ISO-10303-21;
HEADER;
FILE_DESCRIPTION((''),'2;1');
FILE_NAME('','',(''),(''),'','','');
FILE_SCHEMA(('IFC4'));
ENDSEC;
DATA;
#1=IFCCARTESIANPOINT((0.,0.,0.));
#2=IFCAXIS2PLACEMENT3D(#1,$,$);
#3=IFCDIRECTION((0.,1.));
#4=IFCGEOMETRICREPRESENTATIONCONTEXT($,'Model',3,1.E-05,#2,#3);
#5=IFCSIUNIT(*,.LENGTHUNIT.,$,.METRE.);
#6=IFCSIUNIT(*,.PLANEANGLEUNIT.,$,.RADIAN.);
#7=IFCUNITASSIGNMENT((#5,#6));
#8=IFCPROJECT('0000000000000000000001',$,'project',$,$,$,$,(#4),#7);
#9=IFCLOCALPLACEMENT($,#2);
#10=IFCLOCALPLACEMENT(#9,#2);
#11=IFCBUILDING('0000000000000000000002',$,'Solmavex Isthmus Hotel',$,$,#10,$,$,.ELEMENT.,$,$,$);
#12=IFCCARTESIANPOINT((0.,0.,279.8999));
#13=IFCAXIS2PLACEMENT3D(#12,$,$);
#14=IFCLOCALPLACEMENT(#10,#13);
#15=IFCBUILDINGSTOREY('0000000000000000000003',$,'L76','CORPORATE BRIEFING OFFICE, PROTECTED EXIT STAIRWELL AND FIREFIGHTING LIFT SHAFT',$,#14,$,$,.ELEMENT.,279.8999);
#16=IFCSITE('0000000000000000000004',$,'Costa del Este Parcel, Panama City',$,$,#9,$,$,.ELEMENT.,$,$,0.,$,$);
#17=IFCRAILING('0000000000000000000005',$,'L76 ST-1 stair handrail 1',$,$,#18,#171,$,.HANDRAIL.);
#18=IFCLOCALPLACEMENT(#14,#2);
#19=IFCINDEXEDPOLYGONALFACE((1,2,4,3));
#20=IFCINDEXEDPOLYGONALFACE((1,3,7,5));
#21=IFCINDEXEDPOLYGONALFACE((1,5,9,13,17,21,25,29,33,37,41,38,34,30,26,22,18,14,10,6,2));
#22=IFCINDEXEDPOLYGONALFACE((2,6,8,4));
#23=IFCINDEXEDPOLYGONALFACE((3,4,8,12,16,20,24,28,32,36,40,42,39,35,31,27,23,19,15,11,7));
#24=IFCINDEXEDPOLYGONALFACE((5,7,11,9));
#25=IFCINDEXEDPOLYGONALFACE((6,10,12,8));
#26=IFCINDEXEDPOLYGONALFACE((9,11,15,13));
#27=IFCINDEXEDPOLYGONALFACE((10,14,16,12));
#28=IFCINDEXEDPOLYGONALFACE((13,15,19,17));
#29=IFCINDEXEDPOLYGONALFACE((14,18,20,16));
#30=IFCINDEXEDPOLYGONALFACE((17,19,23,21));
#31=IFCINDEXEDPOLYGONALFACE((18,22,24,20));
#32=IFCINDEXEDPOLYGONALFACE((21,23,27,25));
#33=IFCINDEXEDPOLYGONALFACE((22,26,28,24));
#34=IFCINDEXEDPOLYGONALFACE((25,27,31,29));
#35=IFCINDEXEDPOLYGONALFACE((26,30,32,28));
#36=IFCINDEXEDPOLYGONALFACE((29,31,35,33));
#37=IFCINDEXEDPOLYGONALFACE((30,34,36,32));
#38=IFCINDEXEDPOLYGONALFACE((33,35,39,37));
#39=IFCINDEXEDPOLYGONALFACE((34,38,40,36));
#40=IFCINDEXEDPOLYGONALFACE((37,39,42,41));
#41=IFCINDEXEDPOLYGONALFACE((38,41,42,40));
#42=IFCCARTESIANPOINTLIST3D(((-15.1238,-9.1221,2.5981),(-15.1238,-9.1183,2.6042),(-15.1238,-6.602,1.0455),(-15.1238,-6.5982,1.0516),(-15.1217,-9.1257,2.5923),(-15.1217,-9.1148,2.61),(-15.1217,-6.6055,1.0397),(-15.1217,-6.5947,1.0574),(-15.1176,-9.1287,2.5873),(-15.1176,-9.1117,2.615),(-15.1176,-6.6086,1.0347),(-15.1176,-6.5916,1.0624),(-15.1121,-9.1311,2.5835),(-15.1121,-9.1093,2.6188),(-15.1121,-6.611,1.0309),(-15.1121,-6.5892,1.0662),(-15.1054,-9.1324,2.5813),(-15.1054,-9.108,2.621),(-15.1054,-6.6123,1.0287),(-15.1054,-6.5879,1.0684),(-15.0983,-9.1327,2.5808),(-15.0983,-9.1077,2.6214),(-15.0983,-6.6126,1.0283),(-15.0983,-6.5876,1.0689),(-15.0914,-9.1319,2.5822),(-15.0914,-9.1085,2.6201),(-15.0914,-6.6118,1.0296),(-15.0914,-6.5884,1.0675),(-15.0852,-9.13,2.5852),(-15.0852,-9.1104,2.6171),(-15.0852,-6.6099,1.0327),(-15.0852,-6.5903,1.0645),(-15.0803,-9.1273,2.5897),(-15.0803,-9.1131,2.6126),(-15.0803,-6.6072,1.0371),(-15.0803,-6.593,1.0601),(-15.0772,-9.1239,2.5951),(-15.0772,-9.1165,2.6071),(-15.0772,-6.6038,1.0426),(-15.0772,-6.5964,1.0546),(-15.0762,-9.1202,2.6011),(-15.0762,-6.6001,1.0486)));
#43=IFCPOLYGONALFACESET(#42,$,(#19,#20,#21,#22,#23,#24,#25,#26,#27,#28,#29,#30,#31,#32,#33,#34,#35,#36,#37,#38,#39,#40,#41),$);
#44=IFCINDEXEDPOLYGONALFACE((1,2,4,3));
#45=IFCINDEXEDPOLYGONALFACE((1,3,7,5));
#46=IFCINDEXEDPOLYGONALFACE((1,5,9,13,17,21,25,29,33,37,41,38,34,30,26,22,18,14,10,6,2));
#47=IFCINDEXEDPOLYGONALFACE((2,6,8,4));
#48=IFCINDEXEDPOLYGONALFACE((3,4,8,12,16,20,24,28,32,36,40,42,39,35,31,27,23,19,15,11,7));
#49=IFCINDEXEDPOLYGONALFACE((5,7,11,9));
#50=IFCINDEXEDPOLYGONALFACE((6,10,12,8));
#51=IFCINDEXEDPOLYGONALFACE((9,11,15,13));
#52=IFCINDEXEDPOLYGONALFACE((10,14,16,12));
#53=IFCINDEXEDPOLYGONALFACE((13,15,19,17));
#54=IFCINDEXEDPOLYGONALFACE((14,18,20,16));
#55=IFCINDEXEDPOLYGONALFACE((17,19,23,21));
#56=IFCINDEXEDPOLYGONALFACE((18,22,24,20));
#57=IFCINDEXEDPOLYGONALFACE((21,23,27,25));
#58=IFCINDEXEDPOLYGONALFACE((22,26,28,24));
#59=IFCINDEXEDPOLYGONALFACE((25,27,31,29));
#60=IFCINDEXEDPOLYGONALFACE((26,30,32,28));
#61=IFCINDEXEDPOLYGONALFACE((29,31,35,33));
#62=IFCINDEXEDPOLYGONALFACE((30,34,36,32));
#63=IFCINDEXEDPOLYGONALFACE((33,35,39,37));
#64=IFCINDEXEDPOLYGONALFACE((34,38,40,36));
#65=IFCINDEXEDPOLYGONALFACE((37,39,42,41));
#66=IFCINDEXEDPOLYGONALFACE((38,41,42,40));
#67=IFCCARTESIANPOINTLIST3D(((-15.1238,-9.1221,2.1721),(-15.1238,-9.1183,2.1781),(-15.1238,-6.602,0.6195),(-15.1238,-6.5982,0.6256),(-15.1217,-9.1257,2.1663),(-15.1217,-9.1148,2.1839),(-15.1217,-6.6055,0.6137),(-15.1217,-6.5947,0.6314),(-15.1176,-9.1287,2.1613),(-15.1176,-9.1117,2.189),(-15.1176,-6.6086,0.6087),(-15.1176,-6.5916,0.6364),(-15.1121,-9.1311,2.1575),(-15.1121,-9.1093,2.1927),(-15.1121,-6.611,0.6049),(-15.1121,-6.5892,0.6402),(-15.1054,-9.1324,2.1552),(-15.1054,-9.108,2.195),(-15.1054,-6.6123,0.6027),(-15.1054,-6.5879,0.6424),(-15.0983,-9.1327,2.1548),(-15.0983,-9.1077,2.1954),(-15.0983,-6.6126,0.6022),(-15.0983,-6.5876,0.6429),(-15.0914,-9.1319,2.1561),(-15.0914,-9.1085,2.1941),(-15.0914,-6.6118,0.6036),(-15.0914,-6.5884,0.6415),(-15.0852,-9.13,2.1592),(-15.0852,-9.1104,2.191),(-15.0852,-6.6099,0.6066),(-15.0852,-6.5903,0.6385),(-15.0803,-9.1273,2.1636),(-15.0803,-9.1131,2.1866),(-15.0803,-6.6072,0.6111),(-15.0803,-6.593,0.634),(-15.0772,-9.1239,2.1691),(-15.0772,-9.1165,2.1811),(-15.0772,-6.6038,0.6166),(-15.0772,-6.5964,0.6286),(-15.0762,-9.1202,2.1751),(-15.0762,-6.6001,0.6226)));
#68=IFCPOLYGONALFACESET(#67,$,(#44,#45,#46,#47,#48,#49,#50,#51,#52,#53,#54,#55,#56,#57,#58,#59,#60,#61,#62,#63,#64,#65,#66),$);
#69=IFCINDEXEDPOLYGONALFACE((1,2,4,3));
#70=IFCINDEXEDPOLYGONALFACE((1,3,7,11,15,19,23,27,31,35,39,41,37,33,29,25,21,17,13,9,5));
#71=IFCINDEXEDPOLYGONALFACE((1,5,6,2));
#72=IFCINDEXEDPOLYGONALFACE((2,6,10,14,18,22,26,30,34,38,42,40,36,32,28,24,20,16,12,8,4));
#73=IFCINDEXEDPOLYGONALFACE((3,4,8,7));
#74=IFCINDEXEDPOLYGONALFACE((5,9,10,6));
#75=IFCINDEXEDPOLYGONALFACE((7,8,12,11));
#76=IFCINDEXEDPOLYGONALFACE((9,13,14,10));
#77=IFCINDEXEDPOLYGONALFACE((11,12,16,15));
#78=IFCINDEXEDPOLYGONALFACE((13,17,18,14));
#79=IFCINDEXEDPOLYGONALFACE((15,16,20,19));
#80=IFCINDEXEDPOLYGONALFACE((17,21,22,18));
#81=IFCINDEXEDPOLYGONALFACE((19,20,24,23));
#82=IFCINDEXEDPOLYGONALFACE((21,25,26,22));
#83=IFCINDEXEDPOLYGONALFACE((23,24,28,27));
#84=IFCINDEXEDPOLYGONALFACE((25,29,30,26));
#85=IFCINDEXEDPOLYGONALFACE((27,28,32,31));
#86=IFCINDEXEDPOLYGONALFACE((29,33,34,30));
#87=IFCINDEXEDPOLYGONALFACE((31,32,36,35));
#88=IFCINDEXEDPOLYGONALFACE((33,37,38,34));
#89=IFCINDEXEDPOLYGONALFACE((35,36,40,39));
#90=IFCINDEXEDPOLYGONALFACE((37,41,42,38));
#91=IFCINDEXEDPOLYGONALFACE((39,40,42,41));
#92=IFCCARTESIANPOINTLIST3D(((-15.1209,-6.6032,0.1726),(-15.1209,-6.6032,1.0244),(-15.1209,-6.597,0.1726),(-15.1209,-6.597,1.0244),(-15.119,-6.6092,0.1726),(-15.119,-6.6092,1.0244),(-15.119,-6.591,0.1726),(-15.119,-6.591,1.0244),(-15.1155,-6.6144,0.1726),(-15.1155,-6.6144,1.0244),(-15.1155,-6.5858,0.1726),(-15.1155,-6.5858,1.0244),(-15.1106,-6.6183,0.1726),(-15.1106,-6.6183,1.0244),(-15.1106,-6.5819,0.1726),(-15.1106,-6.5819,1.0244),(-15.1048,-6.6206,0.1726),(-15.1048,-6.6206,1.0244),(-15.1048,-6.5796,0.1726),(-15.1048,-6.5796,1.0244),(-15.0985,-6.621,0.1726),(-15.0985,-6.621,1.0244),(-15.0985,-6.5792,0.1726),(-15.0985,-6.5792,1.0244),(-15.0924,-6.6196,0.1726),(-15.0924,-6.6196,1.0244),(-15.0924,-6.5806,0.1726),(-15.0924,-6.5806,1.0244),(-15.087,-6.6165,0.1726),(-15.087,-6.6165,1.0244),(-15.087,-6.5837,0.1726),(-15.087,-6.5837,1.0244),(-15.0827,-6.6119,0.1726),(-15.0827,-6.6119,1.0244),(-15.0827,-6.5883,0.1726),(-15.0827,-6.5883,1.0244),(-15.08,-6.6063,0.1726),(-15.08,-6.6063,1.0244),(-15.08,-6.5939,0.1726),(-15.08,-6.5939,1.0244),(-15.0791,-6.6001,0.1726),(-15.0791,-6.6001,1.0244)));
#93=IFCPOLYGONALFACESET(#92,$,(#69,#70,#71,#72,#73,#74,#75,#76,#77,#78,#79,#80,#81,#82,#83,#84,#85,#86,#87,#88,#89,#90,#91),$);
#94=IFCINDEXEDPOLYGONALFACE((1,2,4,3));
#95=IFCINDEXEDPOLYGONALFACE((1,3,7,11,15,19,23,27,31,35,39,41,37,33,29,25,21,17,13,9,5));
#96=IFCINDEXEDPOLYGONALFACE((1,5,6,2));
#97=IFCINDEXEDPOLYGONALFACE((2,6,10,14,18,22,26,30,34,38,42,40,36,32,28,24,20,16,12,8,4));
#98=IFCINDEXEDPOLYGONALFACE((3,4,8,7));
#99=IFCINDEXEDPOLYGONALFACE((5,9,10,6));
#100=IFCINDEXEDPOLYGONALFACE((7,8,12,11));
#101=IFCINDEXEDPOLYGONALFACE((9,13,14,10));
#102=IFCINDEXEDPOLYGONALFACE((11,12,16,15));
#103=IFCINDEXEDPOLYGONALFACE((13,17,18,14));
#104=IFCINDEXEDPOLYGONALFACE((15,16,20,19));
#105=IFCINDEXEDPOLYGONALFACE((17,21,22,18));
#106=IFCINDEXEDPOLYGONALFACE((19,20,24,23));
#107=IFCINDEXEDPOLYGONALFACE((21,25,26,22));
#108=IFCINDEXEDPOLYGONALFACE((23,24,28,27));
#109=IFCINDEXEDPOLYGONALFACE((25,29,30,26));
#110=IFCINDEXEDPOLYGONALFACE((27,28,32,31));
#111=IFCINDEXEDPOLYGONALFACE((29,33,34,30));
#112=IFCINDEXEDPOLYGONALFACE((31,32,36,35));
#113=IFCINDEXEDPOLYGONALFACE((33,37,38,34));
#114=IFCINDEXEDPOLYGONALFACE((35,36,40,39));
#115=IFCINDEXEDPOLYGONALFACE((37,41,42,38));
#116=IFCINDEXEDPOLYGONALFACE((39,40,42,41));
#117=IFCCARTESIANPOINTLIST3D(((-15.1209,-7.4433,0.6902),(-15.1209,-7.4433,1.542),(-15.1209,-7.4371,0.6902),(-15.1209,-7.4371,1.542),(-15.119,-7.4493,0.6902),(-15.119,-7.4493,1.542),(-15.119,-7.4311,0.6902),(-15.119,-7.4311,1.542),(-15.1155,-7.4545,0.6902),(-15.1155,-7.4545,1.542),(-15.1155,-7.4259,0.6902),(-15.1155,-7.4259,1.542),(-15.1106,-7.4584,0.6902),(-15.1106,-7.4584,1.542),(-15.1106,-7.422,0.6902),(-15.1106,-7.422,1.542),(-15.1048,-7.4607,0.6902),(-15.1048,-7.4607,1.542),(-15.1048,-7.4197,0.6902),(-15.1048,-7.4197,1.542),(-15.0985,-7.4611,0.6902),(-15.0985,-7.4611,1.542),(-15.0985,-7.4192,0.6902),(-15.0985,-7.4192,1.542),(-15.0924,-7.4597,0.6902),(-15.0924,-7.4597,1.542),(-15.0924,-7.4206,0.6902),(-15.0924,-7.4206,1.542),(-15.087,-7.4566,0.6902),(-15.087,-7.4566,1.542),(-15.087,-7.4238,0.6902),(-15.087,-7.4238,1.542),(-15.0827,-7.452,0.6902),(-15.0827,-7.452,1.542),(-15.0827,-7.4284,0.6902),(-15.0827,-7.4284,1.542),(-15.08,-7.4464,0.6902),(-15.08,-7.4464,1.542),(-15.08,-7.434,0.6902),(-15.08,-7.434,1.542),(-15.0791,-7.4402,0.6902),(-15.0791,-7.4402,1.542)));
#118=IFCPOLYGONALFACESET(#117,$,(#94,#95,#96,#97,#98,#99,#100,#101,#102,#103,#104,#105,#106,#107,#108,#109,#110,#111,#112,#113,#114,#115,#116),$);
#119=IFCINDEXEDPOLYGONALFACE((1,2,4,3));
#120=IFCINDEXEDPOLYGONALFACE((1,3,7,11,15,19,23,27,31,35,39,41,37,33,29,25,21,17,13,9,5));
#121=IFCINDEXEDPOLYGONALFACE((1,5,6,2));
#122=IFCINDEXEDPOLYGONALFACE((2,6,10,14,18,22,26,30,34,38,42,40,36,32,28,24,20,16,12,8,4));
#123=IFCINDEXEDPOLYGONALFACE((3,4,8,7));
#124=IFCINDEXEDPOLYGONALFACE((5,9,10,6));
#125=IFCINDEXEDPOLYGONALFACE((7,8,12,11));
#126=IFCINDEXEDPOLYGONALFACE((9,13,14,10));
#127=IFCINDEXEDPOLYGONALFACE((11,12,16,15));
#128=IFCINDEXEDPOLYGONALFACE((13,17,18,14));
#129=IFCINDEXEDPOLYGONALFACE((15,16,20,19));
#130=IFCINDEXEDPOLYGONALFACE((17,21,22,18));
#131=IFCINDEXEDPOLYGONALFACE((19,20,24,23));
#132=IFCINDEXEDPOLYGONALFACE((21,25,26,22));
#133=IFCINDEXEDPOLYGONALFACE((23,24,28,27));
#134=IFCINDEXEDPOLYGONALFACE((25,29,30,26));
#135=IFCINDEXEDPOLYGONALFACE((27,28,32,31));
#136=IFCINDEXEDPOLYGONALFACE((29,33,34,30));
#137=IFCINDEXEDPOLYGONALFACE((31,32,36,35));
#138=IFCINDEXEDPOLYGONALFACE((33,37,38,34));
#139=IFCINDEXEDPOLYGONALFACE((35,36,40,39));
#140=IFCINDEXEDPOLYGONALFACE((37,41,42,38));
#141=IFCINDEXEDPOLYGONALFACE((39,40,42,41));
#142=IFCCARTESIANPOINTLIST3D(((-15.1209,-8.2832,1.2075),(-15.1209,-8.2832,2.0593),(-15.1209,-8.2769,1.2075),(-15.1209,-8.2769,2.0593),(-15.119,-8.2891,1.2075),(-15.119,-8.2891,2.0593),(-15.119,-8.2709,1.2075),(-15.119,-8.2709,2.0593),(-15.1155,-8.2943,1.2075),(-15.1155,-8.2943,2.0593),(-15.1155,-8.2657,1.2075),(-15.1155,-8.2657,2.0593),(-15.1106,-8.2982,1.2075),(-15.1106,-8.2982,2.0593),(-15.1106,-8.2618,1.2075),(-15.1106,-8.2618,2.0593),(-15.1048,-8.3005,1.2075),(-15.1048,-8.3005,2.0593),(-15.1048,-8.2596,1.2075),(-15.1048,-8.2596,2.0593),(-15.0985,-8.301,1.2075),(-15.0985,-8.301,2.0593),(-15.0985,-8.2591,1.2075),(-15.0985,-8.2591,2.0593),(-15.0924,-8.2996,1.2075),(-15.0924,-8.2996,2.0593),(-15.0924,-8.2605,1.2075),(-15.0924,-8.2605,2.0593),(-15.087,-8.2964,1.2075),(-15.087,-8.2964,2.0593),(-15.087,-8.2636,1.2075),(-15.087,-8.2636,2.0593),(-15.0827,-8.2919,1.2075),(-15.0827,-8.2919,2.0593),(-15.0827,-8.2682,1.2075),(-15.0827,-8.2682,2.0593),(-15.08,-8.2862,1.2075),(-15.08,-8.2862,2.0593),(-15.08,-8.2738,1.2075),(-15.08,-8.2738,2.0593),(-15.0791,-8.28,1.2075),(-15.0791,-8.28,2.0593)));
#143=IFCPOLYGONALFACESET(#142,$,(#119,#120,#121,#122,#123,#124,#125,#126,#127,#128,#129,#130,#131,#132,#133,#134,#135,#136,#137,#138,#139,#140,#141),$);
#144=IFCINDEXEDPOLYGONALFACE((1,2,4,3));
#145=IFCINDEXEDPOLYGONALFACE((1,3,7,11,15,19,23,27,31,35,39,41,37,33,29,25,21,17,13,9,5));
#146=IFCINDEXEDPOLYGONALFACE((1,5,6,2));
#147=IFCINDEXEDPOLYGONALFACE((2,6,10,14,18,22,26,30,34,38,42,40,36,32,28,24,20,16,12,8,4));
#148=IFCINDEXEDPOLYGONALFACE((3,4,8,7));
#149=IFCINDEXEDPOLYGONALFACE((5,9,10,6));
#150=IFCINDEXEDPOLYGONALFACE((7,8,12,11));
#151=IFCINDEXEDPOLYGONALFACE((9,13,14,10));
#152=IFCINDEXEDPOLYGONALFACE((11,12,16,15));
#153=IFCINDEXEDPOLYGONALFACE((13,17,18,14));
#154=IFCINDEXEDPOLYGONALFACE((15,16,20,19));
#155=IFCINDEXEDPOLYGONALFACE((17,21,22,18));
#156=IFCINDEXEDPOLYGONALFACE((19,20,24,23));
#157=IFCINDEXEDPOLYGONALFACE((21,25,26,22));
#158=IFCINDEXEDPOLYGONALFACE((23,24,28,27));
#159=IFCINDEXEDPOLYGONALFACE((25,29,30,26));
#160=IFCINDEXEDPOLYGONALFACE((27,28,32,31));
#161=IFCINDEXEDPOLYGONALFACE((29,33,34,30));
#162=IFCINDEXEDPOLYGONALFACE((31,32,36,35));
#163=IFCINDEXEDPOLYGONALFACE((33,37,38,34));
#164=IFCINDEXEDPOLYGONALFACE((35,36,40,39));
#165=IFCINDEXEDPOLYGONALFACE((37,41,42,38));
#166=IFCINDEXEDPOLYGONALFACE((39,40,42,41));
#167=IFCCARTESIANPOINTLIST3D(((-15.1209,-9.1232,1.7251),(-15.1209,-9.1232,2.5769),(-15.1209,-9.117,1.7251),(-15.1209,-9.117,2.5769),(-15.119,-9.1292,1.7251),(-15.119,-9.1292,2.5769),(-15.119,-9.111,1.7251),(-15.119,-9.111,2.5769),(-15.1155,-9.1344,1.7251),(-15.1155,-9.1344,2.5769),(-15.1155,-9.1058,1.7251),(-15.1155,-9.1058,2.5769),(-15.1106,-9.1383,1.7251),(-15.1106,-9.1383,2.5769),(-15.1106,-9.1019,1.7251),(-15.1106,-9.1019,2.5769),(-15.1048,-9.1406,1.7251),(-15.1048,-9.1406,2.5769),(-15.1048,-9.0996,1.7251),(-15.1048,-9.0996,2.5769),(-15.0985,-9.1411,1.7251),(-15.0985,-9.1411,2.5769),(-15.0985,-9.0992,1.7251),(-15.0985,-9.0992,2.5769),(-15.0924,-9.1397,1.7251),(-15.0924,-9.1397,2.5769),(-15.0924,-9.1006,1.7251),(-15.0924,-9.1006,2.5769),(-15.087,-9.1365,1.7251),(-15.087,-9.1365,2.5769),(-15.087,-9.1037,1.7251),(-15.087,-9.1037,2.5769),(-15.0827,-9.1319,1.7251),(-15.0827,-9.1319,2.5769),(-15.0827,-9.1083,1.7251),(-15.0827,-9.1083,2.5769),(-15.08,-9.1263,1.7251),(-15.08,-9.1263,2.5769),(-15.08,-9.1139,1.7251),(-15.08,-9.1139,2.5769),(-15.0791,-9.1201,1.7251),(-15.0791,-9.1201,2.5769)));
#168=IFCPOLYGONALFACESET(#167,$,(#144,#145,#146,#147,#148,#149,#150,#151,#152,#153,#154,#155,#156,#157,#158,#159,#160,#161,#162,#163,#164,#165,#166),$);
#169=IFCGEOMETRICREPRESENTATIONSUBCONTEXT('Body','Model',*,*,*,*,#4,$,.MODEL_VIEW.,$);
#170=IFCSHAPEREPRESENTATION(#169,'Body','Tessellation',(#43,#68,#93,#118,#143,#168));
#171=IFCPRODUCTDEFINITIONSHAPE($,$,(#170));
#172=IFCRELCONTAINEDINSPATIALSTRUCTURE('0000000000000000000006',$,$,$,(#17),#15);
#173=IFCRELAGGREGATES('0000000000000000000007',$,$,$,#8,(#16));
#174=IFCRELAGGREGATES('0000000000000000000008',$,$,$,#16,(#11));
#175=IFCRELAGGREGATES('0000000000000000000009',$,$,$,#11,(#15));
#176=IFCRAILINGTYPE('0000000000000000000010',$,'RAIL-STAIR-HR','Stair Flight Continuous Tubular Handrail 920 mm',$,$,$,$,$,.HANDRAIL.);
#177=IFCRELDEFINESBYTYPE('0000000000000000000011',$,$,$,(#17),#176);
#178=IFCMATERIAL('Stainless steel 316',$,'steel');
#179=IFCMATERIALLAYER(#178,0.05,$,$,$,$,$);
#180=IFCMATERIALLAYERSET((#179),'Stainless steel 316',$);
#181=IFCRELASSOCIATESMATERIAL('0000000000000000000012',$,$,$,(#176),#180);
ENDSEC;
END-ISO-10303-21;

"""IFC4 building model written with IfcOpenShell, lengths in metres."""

from ifc_helpers import new_model, si_unit, direction, frame, origin, origin_2d, place, context, subcontext, project, spatial, circle, extrude, material, layer, layer_set, type_object, element, save


model = new_model("IFC4")

# Units and contexts
model_context = context("Model", 3, precision=1e-05, world=origin(), true_north=direction((0.0, 1.0)))
body_context = subcontext(model_context, "Body", "Model", "MODEL_VIEW")
ifc_project = project(units=[si_unit("LENGTHUNIT", "METRE"), si_unit("PLANEANGLEUNIT", "RADIAN")], contexts=[model_context])

# Site, building, storey
site_placement = place(None, origin())
site = spatial("IfcSite", under=ifc_project, at=site_placement, Name="Costa del Este Parcel, Panama City", CompositionType="ELEMENT", RefElevation=0.0)
building_placement = place(site_placement, origin())
building = spatial("IfcBuilding", under=site, at=building_placement, Name="Solmavex Isthmus Hotel", CompositionType="ELEMENT")
storey_placement = place(building_placement, frame((0.0, 0.0, 279.8999)))
storey = spatial("IfcBuildingStorey", under=building, at=storey_placement, Name="L76", Description="CORPORATE BRIEFING OFFICE, PROTECTED EXIT STAIRWELL AND FIREFIGHTING LIFT SHAFT", CompositionType="ELEMENT", Elevation=279.8999)

# Shared definitions
ifc_material_1 = material(Name="Stainless steel 316", Category="steel")

# Railing
ifc_layer_1 = layer(ifc_material_1, 0.05)
ifc_layer_set_1 = layer_set([ifc_layer_1], Name="Stainless steel 316")
railing_type_1 = type_object("IfcRailingType", Name="RAIL-STAIR-HR", Description="Stair Flight Continuous Tubular Handrail 920 mm", PredefinedType="HANDRAIL", material=ifc_layer_set_1)
railing_1_placement = place(storey_placement, frame((-15.1001, -6.6001, 0.1726)))
element("IfcRailing", 1, at=railing_1_placement, inside=storey, type_object=railing_type_1, Name="L76 ST-1 stair handrail 1", PredefinedType="HANDRAIL", context=body_context, shape_type="SweptSolid", body=[
    extrude(circle(Radius=0.0239, at=origin_2d()), frame((0.0, 0.0, 0.876), z_axis=(0.0, -0.8514, 0.524516), x_axis=(1.0, 0.0, 0.0)), (0.0, 0.0, 1.0), 2.96),
    extrude(circle(Radius=0.0239, at=origin_2d()), frame((0.0, 0.0, 0.45), z_axis=(0.0, -0.8514, 0.524516), x_axis=(1.0, 0.0, 0.0)), (0.0, 0.0, 1.0), 2.96),
    extrude(circle(Radius=0.021, at=origin_2d()), origin(), (0.0, 0.0, 1.0), 0.8518),
    extrude(circle(Radius=0.021, at=origin_2d()), frame((0.0, -0.8401, 0.5176)), (0.0, 0.0, 1.0), 0.8518),
    extrude(circle(Radius=0.021, at=origin_2d()), frame((0.0, -1.6799, 1.0349)), (0.0, 0.0, 1.0), 0.8518),
    extrude(circle(Radius=0.021, at=origin_2d()), frame((0.0, -2.52, 1.5525)), (0.0, 0.0, 1.0), 0.8518),
])

save(model, "model.ifc")
